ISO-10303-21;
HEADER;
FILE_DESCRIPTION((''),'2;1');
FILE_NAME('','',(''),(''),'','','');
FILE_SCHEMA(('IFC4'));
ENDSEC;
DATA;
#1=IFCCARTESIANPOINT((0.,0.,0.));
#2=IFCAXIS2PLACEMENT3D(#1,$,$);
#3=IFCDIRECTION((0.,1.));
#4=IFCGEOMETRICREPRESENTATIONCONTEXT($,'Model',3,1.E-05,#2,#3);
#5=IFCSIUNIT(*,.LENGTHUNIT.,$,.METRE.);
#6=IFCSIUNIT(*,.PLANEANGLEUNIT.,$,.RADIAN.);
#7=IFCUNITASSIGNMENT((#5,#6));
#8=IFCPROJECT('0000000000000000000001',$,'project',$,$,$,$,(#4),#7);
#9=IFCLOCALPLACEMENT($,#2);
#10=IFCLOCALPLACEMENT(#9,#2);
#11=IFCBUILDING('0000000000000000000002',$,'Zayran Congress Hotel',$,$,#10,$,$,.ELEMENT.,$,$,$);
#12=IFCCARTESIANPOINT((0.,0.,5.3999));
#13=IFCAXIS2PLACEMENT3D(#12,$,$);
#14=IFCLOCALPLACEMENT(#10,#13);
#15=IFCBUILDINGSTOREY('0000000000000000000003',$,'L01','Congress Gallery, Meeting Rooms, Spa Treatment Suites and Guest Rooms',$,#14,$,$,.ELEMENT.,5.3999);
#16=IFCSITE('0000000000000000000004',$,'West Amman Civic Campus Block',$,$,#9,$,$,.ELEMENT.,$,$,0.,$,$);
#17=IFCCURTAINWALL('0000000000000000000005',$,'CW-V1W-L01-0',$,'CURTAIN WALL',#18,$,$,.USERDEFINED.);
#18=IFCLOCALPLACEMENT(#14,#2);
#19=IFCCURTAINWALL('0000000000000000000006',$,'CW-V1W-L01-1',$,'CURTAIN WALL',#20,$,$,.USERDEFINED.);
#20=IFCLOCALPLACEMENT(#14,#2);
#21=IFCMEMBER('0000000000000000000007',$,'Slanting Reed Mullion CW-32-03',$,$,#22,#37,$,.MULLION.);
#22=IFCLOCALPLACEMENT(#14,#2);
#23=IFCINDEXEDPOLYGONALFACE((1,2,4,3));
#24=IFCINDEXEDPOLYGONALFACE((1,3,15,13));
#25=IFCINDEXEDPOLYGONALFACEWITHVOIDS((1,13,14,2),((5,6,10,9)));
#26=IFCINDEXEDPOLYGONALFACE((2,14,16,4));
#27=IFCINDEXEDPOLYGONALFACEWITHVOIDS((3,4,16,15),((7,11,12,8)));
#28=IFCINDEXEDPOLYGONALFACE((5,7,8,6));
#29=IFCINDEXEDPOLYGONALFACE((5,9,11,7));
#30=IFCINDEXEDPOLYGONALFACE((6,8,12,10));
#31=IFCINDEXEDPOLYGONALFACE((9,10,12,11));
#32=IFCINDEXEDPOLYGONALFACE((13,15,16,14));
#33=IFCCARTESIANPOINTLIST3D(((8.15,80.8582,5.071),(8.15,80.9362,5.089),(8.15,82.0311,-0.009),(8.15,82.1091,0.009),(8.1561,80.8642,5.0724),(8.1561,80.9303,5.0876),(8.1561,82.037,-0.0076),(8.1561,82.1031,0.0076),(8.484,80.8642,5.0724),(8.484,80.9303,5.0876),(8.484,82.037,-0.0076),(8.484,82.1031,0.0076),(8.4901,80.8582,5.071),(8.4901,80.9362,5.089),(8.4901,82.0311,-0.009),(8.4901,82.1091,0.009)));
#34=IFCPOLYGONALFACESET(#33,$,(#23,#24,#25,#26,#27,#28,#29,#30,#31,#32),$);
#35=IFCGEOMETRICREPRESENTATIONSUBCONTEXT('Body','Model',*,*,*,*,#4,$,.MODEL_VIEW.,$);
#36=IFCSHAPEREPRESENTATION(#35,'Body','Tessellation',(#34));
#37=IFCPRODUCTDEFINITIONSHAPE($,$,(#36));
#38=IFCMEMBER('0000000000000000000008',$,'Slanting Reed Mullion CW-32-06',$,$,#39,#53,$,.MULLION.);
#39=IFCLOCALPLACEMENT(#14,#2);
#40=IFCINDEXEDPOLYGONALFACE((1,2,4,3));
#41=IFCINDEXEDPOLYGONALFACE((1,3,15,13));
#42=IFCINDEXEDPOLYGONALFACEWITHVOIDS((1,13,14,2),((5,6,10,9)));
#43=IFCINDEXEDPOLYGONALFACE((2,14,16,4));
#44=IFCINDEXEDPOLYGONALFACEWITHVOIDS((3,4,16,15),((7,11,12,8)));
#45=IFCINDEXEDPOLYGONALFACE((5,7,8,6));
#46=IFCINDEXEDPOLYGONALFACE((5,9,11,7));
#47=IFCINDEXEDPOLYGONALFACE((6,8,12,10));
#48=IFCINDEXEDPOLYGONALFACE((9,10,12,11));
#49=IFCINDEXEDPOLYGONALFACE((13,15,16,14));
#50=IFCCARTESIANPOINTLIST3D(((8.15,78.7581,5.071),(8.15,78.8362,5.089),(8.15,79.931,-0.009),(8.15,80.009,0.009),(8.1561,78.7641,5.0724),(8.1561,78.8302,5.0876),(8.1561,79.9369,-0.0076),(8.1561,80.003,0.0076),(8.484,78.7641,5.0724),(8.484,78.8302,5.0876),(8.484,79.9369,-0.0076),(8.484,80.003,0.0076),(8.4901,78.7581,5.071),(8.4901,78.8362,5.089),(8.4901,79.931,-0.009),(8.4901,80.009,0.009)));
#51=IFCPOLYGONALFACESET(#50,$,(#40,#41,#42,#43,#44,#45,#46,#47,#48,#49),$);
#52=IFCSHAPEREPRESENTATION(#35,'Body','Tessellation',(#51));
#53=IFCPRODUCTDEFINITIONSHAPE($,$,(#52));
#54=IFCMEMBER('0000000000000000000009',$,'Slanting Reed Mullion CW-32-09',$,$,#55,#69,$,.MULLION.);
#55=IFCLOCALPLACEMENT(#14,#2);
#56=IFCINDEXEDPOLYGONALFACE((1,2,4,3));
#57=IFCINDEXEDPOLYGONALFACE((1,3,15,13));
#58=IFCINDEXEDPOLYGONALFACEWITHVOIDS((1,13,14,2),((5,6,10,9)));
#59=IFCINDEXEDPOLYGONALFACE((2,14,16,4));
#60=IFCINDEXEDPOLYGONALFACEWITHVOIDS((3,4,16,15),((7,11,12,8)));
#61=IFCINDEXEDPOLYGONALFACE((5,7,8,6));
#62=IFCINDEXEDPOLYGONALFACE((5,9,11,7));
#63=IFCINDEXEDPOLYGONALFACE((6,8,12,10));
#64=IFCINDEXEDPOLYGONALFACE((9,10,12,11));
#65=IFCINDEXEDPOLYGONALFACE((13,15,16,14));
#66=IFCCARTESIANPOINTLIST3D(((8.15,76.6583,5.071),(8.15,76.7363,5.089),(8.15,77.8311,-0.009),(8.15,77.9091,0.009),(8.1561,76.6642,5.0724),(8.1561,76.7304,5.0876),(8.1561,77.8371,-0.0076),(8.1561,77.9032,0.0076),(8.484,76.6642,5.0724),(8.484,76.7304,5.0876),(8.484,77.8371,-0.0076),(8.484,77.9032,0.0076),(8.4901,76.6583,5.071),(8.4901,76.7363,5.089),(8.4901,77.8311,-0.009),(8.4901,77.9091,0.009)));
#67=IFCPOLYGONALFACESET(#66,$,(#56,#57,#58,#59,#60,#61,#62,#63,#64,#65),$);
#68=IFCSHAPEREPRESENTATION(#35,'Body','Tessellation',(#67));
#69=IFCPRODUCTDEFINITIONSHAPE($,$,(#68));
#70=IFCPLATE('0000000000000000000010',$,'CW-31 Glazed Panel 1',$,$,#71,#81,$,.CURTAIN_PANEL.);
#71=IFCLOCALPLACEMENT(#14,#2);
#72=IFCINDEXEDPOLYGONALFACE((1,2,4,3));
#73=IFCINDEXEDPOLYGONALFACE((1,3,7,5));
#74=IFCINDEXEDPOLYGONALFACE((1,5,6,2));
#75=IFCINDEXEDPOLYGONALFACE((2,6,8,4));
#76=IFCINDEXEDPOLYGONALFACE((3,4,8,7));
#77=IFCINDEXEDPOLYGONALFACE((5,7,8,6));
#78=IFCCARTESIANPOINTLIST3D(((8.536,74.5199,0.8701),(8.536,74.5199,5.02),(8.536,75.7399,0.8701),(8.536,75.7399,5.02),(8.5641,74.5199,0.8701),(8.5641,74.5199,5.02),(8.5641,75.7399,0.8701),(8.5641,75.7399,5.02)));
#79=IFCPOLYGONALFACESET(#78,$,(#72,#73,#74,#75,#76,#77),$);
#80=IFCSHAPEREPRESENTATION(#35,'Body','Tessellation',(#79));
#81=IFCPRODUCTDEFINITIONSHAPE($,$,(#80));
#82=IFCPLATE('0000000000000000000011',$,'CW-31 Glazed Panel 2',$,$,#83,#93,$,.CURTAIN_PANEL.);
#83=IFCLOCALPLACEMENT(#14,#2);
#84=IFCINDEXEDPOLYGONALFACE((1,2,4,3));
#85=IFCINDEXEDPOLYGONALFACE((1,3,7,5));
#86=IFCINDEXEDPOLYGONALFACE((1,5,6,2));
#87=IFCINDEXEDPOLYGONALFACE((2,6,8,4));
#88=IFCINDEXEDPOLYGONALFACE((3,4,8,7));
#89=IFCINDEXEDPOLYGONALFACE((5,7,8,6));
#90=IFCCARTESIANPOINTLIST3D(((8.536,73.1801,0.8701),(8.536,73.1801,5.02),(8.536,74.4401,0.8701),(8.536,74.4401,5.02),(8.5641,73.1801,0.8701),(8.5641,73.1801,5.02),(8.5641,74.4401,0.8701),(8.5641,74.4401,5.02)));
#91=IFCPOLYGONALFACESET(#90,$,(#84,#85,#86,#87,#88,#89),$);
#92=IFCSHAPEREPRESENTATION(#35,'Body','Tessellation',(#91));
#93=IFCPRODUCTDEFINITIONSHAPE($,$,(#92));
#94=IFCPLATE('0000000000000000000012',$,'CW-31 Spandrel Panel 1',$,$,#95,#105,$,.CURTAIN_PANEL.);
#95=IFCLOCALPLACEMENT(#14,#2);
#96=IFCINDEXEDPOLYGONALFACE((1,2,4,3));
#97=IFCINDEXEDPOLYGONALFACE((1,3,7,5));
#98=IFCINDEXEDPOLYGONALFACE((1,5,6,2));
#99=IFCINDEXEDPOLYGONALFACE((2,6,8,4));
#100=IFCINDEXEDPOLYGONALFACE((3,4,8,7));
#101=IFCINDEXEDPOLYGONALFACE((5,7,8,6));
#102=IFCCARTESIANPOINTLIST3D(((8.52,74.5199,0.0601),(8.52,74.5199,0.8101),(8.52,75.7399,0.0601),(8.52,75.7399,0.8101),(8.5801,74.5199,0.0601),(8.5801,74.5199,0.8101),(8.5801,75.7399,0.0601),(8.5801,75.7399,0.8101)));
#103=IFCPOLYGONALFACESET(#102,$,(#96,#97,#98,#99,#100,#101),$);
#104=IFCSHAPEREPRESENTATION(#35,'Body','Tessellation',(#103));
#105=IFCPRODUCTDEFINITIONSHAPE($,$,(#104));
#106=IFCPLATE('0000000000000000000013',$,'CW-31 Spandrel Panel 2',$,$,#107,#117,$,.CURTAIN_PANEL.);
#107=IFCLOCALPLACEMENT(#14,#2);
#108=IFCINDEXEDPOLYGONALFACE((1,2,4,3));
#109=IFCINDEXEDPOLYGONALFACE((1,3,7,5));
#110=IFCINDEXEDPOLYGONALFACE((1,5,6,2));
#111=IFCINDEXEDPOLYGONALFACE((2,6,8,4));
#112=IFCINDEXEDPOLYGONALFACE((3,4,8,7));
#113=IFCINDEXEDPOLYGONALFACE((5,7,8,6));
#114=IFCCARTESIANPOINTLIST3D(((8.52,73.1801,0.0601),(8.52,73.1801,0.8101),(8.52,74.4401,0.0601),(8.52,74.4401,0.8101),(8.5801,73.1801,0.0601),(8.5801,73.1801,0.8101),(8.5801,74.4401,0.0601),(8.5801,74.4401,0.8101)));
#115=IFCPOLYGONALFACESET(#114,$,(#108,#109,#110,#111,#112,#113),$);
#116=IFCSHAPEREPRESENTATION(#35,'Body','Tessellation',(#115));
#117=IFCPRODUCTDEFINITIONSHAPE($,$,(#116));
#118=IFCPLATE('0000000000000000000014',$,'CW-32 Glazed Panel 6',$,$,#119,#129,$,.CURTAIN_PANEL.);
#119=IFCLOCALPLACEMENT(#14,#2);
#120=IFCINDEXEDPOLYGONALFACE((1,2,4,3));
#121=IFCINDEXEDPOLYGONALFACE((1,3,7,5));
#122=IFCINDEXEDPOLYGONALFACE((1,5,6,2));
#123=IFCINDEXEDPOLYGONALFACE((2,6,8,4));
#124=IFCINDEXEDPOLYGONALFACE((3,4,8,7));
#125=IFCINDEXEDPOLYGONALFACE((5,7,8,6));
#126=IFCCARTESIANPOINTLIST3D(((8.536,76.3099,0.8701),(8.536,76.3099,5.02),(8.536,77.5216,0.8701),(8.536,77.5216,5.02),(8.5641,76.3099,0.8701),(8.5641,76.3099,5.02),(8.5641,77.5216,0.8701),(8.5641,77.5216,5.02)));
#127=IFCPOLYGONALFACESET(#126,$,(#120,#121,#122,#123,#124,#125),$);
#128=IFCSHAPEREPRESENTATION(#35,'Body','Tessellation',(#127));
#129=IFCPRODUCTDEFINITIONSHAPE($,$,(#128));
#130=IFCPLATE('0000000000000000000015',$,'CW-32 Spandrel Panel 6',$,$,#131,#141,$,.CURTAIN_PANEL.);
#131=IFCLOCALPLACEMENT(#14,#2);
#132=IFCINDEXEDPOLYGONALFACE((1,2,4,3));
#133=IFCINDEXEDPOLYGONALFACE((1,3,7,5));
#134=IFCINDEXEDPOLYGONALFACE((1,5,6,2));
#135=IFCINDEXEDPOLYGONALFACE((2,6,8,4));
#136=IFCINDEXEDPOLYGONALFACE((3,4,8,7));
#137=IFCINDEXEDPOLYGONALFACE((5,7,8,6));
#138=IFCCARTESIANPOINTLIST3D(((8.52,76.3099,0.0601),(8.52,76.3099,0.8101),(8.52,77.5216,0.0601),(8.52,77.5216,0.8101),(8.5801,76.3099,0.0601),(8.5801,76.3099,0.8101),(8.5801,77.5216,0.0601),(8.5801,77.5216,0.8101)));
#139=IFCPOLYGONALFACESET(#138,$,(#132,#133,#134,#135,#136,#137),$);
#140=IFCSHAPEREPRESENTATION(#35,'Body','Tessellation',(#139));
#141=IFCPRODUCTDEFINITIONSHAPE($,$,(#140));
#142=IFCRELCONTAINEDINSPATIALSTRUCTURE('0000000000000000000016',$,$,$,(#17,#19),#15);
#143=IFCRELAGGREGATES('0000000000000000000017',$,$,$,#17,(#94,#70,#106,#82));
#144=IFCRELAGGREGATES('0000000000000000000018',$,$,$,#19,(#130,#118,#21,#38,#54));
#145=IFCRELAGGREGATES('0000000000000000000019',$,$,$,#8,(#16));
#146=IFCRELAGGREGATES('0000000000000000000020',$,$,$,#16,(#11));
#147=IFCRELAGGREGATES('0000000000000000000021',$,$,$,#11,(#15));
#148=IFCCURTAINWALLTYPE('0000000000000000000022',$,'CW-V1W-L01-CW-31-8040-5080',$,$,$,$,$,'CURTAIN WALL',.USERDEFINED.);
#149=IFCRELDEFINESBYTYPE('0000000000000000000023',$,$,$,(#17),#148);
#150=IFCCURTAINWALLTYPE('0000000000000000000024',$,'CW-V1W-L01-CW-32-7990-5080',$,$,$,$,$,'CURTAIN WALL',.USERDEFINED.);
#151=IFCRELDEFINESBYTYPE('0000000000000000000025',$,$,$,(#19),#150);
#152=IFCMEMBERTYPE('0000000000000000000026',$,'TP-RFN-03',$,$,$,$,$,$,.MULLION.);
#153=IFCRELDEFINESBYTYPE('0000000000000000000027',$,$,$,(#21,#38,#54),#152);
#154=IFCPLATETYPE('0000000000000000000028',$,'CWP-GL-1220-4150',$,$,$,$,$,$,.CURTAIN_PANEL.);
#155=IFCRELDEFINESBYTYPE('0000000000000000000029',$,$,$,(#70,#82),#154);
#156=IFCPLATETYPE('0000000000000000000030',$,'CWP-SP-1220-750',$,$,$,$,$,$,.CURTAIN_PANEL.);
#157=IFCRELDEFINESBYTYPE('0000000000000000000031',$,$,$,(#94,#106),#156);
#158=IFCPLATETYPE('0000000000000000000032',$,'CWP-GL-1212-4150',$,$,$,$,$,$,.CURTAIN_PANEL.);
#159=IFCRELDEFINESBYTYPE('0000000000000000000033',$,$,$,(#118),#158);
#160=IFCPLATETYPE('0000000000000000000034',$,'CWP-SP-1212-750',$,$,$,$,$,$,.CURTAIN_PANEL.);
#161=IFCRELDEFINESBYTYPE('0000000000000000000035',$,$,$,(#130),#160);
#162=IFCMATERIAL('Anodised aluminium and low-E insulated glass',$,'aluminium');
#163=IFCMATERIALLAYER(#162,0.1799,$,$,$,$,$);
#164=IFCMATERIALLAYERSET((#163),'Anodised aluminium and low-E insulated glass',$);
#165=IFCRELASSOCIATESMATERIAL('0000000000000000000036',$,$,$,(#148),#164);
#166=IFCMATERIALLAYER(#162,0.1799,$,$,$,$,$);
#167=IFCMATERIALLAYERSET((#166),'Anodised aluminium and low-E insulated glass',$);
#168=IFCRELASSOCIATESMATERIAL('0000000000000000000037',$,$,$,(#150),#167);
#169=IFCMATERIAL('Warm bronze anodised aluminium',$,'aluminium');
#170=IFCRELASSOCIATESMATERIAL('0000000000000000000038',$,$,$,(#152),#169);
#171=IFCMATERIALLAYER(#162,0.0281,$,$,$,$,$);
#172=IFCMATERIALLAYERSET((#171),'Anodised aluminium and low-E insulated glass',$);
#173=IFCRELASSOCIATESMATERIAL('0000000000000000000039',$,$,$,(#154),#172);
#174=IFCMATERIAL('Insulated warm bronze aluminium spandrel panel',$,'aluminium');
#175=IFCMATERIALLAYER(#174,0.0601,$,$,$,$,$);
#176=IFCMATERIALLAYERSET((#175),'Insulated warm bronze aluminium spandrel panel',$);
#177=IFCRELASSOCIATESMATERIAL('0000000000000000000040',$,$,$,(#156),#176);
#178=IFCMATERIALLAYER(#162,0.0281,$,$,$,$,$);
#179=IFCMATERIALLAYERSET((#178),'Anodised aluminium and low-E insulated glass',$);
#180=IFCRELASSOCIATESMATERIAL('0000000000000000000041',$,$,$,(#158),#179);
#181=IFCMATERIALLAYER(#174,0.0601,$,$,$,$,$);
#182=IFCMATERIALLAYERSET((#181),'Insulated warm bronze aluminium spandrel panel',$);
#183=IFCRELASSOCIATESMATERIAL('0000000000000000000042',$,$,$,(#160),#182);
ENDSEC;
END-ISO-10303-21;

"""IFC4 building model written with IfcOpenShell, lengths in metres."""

from ifc_helpers import new_model, si_unit, direction, frame, origin, origin_2d, place, context, subcontext, project, spatial, rectangle, hollow_rectangle, extrude, material, layer, layer_set, material_profile, profile_set, type_object, element, aggregate, save


model = new_model("IFC4")

# Units and contexts
model_context = context("Model", 3, precision=1e-05, world=origin(), true_north=direction((0.0, 1.0)))
body_context = subcontext(model_context, "Body", "Model", "MODEL_VIEW")
ifc_project = project(units=[si_unit("LENGTHUNIT", "METRE"), si_unit("PLANEANGLEUNIT", "RADIAN")], contexts=[model_context])

# Site, building, storey
site_placement = place(None, origin())
site = spatial("IfcSite", under=ifc_project, at=site_placement, Name="West Amman Civic Campus Block", CompositionType="ELEMENT", RefElevation=0.0)
building_placement = place(site_placement, origin())
building = spatial("IfcBuilding", under=site, at=building_placement, Name="Zayran Congress Hotel", CompositionType="ELEMENT")
storey_placement = place(building_placement, frame((0.0, 0.0, 5.3999)))
storey = spatial("IfcBuildingStorey", under=building, at=storey_placement, Name="L01", Description="Congress Gallery, Meeting Rooms, Spa Treatment Suites and Guest Rooms", CompositionType="ELEMENT", Elevation=5.3999)

# Curtain wall
ifc_material_1 = material(Name="Anodised aluminium and low-E insulated glass", Category="aluminium")
ifc_layer_1 = layer(ifc_material_1, 0.1799)
ifc_layer_set_1 = layer_set([ifc_layer_1], Name="Anodised aluminium and low-E insulated glass")
curtain_wall_type_1 = type_object("IfcCurtainWallType", Name="CW-V1W-L01-CW-31-8040-5080", ElementType="CURTAIN WALL", PredefinedType="USERDEFINED", material=ifc_layer_set_1)
curtain_wall_1_placement = place(storey_placement, origin())
curtain_wall_1 = element("IfcCurtainWall", 1, at=curtain_wall_1_placement, inside=storey, type_object=curtain_wall_type_1, Name="CW-V1W-L01-0", ObjectType="CURTAIN WALL", PredefinedType="USERDEFINED")

# Curtain wall
ifc_layer_2 = layer(ifc_material_1, 0.1799)
ifc_layer_set_2 = layer_set([ifc_layer_2], Name="Anodised aluminium and low-E insulated glass")
curtain_wall_type_2 = type_object("IfcCurtainWallType", Name="CW-V1W-L01-CW-32-7990-5080", ElementType="CURTAIN WALL", PredefinedType="USERDEFINED", material=ifc_layer_set_2)
curtain_wall_2_placement = place(storey_placement, origin())
curtain_wall_2 = element("IfcCurtainWall", 2, at=curtain_wall_2_placement, inside=storey, type_object=curtain_wall_type_2, Name="CW-V1W-L01-1", ObjectType="CURTAIN WALL", PredefinedType="USERDEFINED")

# Members
ifc_material_2 = material(Name="Warm bronze anodised aluminium", Category="aluminium")
ifc_material_profile_1 = material_profile(ifc_material_2, hollow_rectangle(XDim=0.0801, YDim=0.3401, WallThickness=0.0061, at=origin_2d()), Name="RHS 340x80x6")
ifc_profile_set_1 = profile_set([ifc_material_profile_1], Name="Warm bronze anodised aluminium")
member_type_1 = type_object("IfcMemberType", Name="TP-RFN-03", PredefinedType="MULLION", material=ifc_profile_set_1)
member_1_placement = place(storey_placement, frame((8.3201, 82.0701, 0.0), z_axis=(0.0, -0.224955, 0.974369), x_axis=(0.0, 0.974369, 0.224955)))
member_1 = element("IfcMember", 3, at=member_1_placement, type_object=member_type_1, Name="Slanting Reed Mullion CW-32-03", PredefinedType="MULLION", context=body_context, shape_type="SweptSolid", body=[
    extrude(hollow_rectangle(XDim=0.0801, YDim=0.3401, WallThickness=0.0061, at=origin_2d()), origin(), (0.0, 0.0, 1.0), 5.2136),
])
member_2_placement = place(storey_placement, frame((8.3201, 79.97, 0.0), z_axis=(0.0, -0.224955, 0.974369), x_axis=(0.0, 0.974369, 0.224955)))
member_2 = element("IfcMember", 4, at=member_2_placement, type_object=member_type_1, Name="Slanting Reed Mullion CW-32-06", PredefinedType="MULLION", context=body_context, shape_type="SweptSolid", body=[
    extrude(hollow_rectangle(XDim=0.0801, YDim=0.3401, WallThickness=0.0061, at=origin_2d()), origin(), (0.0, 0.0, 1.0), 5.2136),
])
member_3_placement = place(storey_placement, frame((8.3201, 77.8701, 0.0), z_axis=(0.0, -0.224955, 0.974369), x_axis=(0.0, 0.974369, 0.224955)))
member_3 = element("IfcMember", 5, at=member_3_placement, type_object=member_type_1, Name="Slanting Reed Mullion CW-32-09", PredefinedType="MULLION", context=body_context, shape_type="SweptSolid", body=[
    extrude(hollow_rectangle(XDim=0.0801, YDim=0.3401, WallThickness=0.0061, at=origin_2d()), origin(), (0.0, 0.0, 1.0), 5.2136),
])

# Plates
ifc_layer_3 = layer(ifc_material_1, 0.0281)
ifc_layer_set_3 = layer_set([ifc_layer_3], Name="Anodised aluminium and low-E insulated glass")
plate_type_1 = type_object("IfcPlateType", Name="CWP-GL-1220-4150", PredefinedType="CURTAIN_PANEL", material=ifc_layer_set_3)
plate_1_placement = place(storey_placement, frame((8.55, 75.1299, 0.8701), z_axis=(0.0, 0.0, 1.0), x_axis=(0.0, 1.0, 0.0)))
plate_1 = element("IfcPlate", 6, at=plate_1_placement, type_object=plate_type_1, Name="CW-31 Glazed Panel 1", PredefinedType="CURTAIN_PANEL", context=body_context, shape_type="SweptSolid", body=[
    extrude(rectangle(XDim=1.22, YDim=0.0281, at=origin_2d()), origin(), (0.0, 0.0, 1.0), 4.1499),
])
plate_2_placement = place(storey_placement, frame((8.55, 73.8101, 0.8701), z_axis=(0.0, 0.0, 1.0), x_axis=(0.0, 1.0, 0.0)))
plate_2 = element("IfcPlate", 7, at=plate_2_placement, type_object=plate_type_1, Name="CW-31 Glazed Panel 2", PredefinedType="CURTAIN_PANEL", context=body_context, shape_type="SweptSolid", body=[
    extrude(rectangle(XDim=1.26, YDim=0.0281, at=origin_2d()), origin(), (0.0, 0.0, 1.0), 4.1499),
])
ifc_material_3 = material(Name="Insulated warm bronze aluminium spandrel panel", Category="aluminium")
ifc_layer_4 = layer(ifc_material_3, 0.0601)
ifc_layer_set_4 = layer_set([ifc_layer_4], Name="Insulated warm bronze aluminium spandrel panel")
plate_type_2 = type_object("IfcPlateType", Name="CWP-SP-1220-750", PredefinedType="CURTAIN_PANEL", material=ifc_layer_set_4)
plate_3_placement = place(storey_placement, frame((8.55, 75.1299, 0.0601), z_axis=(0.0, 0.0, 1.0), x_axis=(0.0, 1.0, 0.0)))
plate_3 = element("IfcPlate", 8, at=plate_3_placement, type_object=plate_type_2, Name="CW-31 Spandrel Panel 1", PredefinedType="CURTAIN_PANEL", context=body_context, shape_type="SweptSolid", body=[
    extrude(rectangle(XDim=1.22, YDim=0.0601, at=origin_2d()), origin(), (0.0, 0.0, 1.0), 0.75),
])
plate_4_placement = place(storey_placement, frame((8.55, 73.8101, 0.0601), z_axis=(0.0, 0.0, 1.0), x_axis=(0.0, 1.0, 0.0)))
plate_4 = element("IfcPlate", 9, at=plate_4_placement, type_object=plate_type_2, Name="CW-31 Spandrel Panel 2", PredefinedType="CURTAIN_PANEL", context=body_context, shape_type="SweptSolid", body=[
    extrude(rectangle(XDim=1.26, YDim=0.0601, at=origin_2d()), origin(), (0.0, 0.0, 1.0), 0.75),
])
aggregate(curtain_wall_1, [plate_3, plate_1, plate_4, plate_2])
ifc_layer_5 = layer(ifc_material_1, 0.0281)
ifc_layer_set_5 = layer_set([ifc_layer_5], Name="Anodised aluminium and low-E insulated glass")
plate_type_3 = type_object("IfcPlateType", Name="CWP-GL-1212-4150", PredefinedType="CURTAIN_PANEL", material=ifc_layer_set_5)
plate_5_placement = place(storey_placement, frame((8.55, 76.9158, 0.8701), z_axis=(0.0, 0.0, 1.0), x_axis=(0.0, 1.0, 0.0)))
plate_5 = element("IfcPlate", 10, at=plate_5_placement, type_object=plate_type_3, Name="CW-32 Glazed Panel 6", PredefinedType="CURTAIN_PANEL", context=body_context, shape_type="SweptSolid", body=[
    extrude(rectangle(XDim=1.2117, YDim=0.0281, at=origin_2d()), origin(), (0.0, 0.0, 1.0), 4.1499),
])
ifc_layer_6 = layer(ifc_material_3, 0.0601)
ifc_layer_set_6 = layer_set([ifc_layer_6], Name="Insulated warm bronze aluminium spandrel panel")
plate_type_4 = type_object("IfcPlateType", Name="CWP-SP-1212-750", PredefinedType="CURTAIN_PANEL", material=ifc_layer_set_6)
plate_6_placement = place(storey_placement, frame((8.55, 76.9158, 0.0601), z_axis=(0.0, 0.0, 1.0), x_axis=(0.0, 1.0, 0.0)))
plate_6 = element("IfcPlate", 11, at=plate_6_placement, type_object=plate_type_4, Name="CW-32 Spandrel Panel 6", PredefinedType="CURTAIN_PANEL", context=body_context, shape_type="SweptSolid", body=[
    extrude(rectangle(XDim=1.2117, YDim=0.0601, at=origin_2d()), origin(), (0.0, 0.0, 1.0), 0.75),
])
aggregate(curtain_wall_2, [plate_6, plate_5, member_1, member_2, member_3])

save(model, "model.ifc")
